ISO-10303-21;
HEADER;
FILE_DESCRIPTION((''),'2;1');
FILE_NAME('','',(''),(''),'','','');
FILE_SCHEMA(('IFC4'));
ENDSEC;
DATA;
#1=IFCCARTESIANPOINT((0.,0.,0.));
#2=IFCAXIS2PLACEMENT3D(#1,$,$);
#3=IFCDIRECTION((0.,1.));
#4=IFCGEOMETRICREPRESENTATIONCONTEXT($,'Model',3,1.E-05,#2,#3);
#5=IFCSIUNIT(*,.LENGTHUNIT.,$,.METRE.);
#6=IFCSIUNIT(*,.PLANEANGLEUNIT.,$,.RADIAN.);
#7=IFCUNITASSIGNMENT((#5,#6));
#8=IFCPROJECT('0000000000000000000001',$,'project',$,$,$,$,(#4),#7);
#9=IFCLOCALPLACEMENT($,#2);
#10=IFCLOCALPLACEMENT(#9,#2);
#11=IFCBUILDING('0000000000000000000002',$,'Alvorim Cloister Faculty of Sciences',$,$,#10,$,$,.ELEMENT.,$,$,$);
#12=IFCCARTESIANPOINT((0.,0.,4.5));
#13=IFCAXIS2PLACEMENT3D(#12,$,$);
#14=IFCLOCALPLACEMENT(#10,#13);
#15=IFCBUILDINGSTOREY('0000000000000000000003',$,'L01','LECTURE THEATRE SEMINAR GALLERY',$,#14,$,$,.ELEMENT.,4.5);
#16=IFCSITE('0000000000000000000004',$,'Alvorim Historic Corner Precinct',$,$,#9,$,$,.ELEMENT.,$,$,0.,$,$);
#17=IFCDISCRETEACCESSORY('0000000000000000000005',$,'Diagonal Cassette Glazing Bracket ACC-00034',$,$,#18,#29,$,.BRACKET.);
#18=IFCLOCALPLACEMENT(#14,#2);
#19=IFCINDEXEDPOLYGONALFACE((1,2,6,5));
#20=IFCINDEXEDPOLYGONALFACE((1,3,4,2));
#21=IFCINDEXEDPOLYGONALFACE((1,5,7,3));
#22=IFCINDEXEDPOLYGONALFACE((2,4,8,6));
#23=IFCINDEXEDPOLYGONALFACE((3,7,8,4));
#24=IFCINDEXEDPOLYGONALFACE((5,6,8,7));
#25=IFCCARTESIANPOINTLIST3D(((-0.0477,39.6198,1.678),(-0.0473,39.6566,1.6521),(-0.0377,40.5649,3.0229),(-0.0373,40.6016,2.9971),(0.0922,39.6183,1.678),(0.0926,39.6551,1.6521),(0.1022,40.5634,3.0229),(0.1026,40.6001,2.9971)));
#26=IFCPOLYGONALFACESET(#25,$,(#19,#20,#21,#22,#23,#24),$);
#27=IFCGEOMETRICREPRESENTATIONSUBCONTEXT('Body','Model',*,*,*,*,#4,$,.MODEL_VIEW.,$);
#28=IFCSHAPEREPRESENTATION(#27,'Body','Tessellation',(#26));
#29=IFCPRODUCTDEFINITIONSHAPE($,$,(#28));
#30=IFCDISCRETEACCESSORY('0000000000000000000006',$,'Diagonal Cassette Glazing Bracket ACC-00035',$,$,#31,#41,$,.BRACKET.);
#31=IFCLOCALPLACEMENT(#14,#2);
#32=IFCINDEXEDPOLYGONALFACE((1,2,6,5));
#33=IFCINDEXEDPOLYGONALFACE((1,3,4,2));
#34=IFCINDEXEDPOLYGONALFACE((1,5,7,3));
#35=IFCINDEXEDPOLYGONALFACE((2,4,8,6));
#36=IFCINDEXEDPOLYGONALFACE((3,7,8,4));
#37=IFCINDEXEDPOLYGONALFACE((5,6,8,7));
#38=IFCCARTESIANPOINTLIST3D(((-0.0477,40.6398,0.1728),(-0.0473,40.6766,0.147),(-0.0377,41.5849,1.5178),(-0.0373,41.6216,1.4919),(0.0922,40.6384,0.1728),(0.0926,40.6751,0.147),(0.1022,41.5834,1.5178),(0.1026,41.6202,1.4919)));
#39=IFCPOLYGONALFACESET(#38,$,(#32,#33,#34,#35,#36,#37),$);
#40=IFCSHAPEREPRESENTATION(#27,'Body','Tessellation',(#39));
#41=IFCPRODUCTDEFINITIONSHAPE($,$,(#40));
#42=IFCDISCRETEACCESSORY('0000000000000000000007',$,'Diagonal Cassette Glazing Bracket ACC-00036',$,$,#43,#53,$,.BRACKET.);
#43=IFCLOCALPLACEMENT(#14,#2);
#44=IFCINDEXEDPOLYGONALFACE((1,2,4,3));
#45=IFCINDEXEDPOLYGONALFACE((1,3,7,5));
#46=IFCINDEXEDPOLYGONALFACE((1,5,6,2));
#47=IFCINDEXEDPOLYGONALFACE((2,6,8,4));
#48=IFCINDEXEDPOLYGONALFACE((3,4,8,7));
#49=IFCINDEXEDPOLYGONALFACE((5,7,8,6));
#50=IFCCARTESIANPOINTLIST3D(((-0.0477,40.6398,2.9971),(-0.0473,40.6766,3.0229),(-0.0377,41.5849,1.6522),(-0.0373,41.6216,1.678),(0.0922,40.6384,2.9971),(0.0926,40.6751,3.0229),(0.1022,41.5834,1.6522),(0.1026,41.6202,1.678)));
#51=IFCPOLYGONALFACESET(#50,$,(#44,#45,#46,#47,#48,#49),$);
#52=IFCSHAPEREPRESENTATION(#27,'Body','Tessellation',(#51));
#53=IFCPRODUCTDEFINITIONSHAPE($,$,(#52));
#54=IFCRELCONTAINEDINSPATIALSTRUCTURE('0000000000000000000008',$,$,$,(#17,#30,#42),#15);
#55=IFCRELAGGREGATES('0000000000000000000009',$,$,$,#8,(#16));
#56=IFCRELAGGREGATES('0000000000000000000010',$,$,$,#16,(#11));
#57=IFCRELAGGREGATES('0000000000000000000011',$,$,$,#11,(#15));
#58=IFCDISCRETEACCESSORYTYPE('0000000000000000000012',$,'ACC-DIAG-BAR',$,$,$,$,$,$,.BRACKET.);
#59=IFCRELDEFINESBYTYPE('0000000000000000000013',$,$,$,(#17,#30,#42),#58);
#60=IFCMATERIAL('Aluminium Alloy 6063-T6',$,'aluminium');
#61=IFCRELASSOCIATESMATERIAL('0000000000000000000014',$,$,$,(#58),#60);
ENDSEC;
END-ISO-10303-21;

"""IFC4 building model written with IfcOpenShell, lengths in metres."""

from ifc_helpers import new_model, si_unit, direction, frame, origin, origin_2d, place, context, subcontext, project, spatial, rectangle, extrude, material, type_object, element, save


model = new_model("IFC4")

# Units and contexts
model_context = context("Model", 3, precision=1e-05, world=origin(), true_north=direction((0.0, 1.0)))
body_context = subcontext(model_context, "Body", "Model", "MODEL_VIEW")
ifc_project = project(units=[si_unit("LENGTHUNIT", "METRE"), si_unit("PLANEANGLEUNIT", "RADIAN")], contexts=[model_context])

# Site, building, storey
site_placement = place(None, origin())
site = spatial("IfcSite", under=ifc_project, at=site_placement, Name="Alvorim Historic Corner Precinct", CompositionType="ELEMENT", RefElevation=0.0)
building_placement = place(site_placement, origin())
building = spatial("IfcBuilding", under=site, at=building_placement, Name="Alvorim Cloister Faculty of Sciences", CompositionType="ELEMENT")
storey_placement = place(building_placement, frame((0.0, 0.0, 4.5)))
storey = spatial("IfcBuildingStorey", under=building, at=storey_placement, Name="L01", Description="LECTURE THEATRE SEMINAR GALLERY", CompositionType="ELEMENT", Elevation=4.5)

# Shared definitions
ifc_material_1 = material(Name="Aluminium Alloy 6063-T6", Category="aluminium")

# Discrete accessories
discrete_accessory_type = type_object("IfcDiscreteAccessoryType", Name="ACC-DIAG-BAR", PredefinedType="BRACKET", material=ifc_material_1)
for number, where, z_axis, x_axis, name in (
    (1, (0.0225, 39.6375, 1.665), (0.006089, 0.574916, 0.81819), (-0.999944, 0.010591, 0.0), "Diagonal Cassette Glazing Bracket ACC-00034"),
    (2, (0.0225, 40.6575, 0.1599), (0.006089, 0.574916, 0.81819), (-0.999944, 0.010591, 0.0), "Diagonal Cassette Glazing Bracket ACC-00035"),
    (3, (0.0225, 40.6575, 3.01), (0.006089, 0.574916, -0.81819), (-0.999944, 0.010591, 0.0), "Diagonal Cassette Glazing Bracket ACC-00036"),
):
    element("IfcDiscreteAccessory", number, at=place(storey_placement, frame(where, z_axis=z_axis, x_axis=x_axis)), inside=storey, type_object=discrete_accessory_type, Name=name, PredefinedType="BRACKET", context=body_context, shape_type="SweptSolid", body=[
        extrude(rectangle(XDim=0.1399, YDim=0.0449, at=origin_2d()), origin(), (0.0, 0.0, 1.0), 1.6438),
    ])

save(model, "model.ifc")
